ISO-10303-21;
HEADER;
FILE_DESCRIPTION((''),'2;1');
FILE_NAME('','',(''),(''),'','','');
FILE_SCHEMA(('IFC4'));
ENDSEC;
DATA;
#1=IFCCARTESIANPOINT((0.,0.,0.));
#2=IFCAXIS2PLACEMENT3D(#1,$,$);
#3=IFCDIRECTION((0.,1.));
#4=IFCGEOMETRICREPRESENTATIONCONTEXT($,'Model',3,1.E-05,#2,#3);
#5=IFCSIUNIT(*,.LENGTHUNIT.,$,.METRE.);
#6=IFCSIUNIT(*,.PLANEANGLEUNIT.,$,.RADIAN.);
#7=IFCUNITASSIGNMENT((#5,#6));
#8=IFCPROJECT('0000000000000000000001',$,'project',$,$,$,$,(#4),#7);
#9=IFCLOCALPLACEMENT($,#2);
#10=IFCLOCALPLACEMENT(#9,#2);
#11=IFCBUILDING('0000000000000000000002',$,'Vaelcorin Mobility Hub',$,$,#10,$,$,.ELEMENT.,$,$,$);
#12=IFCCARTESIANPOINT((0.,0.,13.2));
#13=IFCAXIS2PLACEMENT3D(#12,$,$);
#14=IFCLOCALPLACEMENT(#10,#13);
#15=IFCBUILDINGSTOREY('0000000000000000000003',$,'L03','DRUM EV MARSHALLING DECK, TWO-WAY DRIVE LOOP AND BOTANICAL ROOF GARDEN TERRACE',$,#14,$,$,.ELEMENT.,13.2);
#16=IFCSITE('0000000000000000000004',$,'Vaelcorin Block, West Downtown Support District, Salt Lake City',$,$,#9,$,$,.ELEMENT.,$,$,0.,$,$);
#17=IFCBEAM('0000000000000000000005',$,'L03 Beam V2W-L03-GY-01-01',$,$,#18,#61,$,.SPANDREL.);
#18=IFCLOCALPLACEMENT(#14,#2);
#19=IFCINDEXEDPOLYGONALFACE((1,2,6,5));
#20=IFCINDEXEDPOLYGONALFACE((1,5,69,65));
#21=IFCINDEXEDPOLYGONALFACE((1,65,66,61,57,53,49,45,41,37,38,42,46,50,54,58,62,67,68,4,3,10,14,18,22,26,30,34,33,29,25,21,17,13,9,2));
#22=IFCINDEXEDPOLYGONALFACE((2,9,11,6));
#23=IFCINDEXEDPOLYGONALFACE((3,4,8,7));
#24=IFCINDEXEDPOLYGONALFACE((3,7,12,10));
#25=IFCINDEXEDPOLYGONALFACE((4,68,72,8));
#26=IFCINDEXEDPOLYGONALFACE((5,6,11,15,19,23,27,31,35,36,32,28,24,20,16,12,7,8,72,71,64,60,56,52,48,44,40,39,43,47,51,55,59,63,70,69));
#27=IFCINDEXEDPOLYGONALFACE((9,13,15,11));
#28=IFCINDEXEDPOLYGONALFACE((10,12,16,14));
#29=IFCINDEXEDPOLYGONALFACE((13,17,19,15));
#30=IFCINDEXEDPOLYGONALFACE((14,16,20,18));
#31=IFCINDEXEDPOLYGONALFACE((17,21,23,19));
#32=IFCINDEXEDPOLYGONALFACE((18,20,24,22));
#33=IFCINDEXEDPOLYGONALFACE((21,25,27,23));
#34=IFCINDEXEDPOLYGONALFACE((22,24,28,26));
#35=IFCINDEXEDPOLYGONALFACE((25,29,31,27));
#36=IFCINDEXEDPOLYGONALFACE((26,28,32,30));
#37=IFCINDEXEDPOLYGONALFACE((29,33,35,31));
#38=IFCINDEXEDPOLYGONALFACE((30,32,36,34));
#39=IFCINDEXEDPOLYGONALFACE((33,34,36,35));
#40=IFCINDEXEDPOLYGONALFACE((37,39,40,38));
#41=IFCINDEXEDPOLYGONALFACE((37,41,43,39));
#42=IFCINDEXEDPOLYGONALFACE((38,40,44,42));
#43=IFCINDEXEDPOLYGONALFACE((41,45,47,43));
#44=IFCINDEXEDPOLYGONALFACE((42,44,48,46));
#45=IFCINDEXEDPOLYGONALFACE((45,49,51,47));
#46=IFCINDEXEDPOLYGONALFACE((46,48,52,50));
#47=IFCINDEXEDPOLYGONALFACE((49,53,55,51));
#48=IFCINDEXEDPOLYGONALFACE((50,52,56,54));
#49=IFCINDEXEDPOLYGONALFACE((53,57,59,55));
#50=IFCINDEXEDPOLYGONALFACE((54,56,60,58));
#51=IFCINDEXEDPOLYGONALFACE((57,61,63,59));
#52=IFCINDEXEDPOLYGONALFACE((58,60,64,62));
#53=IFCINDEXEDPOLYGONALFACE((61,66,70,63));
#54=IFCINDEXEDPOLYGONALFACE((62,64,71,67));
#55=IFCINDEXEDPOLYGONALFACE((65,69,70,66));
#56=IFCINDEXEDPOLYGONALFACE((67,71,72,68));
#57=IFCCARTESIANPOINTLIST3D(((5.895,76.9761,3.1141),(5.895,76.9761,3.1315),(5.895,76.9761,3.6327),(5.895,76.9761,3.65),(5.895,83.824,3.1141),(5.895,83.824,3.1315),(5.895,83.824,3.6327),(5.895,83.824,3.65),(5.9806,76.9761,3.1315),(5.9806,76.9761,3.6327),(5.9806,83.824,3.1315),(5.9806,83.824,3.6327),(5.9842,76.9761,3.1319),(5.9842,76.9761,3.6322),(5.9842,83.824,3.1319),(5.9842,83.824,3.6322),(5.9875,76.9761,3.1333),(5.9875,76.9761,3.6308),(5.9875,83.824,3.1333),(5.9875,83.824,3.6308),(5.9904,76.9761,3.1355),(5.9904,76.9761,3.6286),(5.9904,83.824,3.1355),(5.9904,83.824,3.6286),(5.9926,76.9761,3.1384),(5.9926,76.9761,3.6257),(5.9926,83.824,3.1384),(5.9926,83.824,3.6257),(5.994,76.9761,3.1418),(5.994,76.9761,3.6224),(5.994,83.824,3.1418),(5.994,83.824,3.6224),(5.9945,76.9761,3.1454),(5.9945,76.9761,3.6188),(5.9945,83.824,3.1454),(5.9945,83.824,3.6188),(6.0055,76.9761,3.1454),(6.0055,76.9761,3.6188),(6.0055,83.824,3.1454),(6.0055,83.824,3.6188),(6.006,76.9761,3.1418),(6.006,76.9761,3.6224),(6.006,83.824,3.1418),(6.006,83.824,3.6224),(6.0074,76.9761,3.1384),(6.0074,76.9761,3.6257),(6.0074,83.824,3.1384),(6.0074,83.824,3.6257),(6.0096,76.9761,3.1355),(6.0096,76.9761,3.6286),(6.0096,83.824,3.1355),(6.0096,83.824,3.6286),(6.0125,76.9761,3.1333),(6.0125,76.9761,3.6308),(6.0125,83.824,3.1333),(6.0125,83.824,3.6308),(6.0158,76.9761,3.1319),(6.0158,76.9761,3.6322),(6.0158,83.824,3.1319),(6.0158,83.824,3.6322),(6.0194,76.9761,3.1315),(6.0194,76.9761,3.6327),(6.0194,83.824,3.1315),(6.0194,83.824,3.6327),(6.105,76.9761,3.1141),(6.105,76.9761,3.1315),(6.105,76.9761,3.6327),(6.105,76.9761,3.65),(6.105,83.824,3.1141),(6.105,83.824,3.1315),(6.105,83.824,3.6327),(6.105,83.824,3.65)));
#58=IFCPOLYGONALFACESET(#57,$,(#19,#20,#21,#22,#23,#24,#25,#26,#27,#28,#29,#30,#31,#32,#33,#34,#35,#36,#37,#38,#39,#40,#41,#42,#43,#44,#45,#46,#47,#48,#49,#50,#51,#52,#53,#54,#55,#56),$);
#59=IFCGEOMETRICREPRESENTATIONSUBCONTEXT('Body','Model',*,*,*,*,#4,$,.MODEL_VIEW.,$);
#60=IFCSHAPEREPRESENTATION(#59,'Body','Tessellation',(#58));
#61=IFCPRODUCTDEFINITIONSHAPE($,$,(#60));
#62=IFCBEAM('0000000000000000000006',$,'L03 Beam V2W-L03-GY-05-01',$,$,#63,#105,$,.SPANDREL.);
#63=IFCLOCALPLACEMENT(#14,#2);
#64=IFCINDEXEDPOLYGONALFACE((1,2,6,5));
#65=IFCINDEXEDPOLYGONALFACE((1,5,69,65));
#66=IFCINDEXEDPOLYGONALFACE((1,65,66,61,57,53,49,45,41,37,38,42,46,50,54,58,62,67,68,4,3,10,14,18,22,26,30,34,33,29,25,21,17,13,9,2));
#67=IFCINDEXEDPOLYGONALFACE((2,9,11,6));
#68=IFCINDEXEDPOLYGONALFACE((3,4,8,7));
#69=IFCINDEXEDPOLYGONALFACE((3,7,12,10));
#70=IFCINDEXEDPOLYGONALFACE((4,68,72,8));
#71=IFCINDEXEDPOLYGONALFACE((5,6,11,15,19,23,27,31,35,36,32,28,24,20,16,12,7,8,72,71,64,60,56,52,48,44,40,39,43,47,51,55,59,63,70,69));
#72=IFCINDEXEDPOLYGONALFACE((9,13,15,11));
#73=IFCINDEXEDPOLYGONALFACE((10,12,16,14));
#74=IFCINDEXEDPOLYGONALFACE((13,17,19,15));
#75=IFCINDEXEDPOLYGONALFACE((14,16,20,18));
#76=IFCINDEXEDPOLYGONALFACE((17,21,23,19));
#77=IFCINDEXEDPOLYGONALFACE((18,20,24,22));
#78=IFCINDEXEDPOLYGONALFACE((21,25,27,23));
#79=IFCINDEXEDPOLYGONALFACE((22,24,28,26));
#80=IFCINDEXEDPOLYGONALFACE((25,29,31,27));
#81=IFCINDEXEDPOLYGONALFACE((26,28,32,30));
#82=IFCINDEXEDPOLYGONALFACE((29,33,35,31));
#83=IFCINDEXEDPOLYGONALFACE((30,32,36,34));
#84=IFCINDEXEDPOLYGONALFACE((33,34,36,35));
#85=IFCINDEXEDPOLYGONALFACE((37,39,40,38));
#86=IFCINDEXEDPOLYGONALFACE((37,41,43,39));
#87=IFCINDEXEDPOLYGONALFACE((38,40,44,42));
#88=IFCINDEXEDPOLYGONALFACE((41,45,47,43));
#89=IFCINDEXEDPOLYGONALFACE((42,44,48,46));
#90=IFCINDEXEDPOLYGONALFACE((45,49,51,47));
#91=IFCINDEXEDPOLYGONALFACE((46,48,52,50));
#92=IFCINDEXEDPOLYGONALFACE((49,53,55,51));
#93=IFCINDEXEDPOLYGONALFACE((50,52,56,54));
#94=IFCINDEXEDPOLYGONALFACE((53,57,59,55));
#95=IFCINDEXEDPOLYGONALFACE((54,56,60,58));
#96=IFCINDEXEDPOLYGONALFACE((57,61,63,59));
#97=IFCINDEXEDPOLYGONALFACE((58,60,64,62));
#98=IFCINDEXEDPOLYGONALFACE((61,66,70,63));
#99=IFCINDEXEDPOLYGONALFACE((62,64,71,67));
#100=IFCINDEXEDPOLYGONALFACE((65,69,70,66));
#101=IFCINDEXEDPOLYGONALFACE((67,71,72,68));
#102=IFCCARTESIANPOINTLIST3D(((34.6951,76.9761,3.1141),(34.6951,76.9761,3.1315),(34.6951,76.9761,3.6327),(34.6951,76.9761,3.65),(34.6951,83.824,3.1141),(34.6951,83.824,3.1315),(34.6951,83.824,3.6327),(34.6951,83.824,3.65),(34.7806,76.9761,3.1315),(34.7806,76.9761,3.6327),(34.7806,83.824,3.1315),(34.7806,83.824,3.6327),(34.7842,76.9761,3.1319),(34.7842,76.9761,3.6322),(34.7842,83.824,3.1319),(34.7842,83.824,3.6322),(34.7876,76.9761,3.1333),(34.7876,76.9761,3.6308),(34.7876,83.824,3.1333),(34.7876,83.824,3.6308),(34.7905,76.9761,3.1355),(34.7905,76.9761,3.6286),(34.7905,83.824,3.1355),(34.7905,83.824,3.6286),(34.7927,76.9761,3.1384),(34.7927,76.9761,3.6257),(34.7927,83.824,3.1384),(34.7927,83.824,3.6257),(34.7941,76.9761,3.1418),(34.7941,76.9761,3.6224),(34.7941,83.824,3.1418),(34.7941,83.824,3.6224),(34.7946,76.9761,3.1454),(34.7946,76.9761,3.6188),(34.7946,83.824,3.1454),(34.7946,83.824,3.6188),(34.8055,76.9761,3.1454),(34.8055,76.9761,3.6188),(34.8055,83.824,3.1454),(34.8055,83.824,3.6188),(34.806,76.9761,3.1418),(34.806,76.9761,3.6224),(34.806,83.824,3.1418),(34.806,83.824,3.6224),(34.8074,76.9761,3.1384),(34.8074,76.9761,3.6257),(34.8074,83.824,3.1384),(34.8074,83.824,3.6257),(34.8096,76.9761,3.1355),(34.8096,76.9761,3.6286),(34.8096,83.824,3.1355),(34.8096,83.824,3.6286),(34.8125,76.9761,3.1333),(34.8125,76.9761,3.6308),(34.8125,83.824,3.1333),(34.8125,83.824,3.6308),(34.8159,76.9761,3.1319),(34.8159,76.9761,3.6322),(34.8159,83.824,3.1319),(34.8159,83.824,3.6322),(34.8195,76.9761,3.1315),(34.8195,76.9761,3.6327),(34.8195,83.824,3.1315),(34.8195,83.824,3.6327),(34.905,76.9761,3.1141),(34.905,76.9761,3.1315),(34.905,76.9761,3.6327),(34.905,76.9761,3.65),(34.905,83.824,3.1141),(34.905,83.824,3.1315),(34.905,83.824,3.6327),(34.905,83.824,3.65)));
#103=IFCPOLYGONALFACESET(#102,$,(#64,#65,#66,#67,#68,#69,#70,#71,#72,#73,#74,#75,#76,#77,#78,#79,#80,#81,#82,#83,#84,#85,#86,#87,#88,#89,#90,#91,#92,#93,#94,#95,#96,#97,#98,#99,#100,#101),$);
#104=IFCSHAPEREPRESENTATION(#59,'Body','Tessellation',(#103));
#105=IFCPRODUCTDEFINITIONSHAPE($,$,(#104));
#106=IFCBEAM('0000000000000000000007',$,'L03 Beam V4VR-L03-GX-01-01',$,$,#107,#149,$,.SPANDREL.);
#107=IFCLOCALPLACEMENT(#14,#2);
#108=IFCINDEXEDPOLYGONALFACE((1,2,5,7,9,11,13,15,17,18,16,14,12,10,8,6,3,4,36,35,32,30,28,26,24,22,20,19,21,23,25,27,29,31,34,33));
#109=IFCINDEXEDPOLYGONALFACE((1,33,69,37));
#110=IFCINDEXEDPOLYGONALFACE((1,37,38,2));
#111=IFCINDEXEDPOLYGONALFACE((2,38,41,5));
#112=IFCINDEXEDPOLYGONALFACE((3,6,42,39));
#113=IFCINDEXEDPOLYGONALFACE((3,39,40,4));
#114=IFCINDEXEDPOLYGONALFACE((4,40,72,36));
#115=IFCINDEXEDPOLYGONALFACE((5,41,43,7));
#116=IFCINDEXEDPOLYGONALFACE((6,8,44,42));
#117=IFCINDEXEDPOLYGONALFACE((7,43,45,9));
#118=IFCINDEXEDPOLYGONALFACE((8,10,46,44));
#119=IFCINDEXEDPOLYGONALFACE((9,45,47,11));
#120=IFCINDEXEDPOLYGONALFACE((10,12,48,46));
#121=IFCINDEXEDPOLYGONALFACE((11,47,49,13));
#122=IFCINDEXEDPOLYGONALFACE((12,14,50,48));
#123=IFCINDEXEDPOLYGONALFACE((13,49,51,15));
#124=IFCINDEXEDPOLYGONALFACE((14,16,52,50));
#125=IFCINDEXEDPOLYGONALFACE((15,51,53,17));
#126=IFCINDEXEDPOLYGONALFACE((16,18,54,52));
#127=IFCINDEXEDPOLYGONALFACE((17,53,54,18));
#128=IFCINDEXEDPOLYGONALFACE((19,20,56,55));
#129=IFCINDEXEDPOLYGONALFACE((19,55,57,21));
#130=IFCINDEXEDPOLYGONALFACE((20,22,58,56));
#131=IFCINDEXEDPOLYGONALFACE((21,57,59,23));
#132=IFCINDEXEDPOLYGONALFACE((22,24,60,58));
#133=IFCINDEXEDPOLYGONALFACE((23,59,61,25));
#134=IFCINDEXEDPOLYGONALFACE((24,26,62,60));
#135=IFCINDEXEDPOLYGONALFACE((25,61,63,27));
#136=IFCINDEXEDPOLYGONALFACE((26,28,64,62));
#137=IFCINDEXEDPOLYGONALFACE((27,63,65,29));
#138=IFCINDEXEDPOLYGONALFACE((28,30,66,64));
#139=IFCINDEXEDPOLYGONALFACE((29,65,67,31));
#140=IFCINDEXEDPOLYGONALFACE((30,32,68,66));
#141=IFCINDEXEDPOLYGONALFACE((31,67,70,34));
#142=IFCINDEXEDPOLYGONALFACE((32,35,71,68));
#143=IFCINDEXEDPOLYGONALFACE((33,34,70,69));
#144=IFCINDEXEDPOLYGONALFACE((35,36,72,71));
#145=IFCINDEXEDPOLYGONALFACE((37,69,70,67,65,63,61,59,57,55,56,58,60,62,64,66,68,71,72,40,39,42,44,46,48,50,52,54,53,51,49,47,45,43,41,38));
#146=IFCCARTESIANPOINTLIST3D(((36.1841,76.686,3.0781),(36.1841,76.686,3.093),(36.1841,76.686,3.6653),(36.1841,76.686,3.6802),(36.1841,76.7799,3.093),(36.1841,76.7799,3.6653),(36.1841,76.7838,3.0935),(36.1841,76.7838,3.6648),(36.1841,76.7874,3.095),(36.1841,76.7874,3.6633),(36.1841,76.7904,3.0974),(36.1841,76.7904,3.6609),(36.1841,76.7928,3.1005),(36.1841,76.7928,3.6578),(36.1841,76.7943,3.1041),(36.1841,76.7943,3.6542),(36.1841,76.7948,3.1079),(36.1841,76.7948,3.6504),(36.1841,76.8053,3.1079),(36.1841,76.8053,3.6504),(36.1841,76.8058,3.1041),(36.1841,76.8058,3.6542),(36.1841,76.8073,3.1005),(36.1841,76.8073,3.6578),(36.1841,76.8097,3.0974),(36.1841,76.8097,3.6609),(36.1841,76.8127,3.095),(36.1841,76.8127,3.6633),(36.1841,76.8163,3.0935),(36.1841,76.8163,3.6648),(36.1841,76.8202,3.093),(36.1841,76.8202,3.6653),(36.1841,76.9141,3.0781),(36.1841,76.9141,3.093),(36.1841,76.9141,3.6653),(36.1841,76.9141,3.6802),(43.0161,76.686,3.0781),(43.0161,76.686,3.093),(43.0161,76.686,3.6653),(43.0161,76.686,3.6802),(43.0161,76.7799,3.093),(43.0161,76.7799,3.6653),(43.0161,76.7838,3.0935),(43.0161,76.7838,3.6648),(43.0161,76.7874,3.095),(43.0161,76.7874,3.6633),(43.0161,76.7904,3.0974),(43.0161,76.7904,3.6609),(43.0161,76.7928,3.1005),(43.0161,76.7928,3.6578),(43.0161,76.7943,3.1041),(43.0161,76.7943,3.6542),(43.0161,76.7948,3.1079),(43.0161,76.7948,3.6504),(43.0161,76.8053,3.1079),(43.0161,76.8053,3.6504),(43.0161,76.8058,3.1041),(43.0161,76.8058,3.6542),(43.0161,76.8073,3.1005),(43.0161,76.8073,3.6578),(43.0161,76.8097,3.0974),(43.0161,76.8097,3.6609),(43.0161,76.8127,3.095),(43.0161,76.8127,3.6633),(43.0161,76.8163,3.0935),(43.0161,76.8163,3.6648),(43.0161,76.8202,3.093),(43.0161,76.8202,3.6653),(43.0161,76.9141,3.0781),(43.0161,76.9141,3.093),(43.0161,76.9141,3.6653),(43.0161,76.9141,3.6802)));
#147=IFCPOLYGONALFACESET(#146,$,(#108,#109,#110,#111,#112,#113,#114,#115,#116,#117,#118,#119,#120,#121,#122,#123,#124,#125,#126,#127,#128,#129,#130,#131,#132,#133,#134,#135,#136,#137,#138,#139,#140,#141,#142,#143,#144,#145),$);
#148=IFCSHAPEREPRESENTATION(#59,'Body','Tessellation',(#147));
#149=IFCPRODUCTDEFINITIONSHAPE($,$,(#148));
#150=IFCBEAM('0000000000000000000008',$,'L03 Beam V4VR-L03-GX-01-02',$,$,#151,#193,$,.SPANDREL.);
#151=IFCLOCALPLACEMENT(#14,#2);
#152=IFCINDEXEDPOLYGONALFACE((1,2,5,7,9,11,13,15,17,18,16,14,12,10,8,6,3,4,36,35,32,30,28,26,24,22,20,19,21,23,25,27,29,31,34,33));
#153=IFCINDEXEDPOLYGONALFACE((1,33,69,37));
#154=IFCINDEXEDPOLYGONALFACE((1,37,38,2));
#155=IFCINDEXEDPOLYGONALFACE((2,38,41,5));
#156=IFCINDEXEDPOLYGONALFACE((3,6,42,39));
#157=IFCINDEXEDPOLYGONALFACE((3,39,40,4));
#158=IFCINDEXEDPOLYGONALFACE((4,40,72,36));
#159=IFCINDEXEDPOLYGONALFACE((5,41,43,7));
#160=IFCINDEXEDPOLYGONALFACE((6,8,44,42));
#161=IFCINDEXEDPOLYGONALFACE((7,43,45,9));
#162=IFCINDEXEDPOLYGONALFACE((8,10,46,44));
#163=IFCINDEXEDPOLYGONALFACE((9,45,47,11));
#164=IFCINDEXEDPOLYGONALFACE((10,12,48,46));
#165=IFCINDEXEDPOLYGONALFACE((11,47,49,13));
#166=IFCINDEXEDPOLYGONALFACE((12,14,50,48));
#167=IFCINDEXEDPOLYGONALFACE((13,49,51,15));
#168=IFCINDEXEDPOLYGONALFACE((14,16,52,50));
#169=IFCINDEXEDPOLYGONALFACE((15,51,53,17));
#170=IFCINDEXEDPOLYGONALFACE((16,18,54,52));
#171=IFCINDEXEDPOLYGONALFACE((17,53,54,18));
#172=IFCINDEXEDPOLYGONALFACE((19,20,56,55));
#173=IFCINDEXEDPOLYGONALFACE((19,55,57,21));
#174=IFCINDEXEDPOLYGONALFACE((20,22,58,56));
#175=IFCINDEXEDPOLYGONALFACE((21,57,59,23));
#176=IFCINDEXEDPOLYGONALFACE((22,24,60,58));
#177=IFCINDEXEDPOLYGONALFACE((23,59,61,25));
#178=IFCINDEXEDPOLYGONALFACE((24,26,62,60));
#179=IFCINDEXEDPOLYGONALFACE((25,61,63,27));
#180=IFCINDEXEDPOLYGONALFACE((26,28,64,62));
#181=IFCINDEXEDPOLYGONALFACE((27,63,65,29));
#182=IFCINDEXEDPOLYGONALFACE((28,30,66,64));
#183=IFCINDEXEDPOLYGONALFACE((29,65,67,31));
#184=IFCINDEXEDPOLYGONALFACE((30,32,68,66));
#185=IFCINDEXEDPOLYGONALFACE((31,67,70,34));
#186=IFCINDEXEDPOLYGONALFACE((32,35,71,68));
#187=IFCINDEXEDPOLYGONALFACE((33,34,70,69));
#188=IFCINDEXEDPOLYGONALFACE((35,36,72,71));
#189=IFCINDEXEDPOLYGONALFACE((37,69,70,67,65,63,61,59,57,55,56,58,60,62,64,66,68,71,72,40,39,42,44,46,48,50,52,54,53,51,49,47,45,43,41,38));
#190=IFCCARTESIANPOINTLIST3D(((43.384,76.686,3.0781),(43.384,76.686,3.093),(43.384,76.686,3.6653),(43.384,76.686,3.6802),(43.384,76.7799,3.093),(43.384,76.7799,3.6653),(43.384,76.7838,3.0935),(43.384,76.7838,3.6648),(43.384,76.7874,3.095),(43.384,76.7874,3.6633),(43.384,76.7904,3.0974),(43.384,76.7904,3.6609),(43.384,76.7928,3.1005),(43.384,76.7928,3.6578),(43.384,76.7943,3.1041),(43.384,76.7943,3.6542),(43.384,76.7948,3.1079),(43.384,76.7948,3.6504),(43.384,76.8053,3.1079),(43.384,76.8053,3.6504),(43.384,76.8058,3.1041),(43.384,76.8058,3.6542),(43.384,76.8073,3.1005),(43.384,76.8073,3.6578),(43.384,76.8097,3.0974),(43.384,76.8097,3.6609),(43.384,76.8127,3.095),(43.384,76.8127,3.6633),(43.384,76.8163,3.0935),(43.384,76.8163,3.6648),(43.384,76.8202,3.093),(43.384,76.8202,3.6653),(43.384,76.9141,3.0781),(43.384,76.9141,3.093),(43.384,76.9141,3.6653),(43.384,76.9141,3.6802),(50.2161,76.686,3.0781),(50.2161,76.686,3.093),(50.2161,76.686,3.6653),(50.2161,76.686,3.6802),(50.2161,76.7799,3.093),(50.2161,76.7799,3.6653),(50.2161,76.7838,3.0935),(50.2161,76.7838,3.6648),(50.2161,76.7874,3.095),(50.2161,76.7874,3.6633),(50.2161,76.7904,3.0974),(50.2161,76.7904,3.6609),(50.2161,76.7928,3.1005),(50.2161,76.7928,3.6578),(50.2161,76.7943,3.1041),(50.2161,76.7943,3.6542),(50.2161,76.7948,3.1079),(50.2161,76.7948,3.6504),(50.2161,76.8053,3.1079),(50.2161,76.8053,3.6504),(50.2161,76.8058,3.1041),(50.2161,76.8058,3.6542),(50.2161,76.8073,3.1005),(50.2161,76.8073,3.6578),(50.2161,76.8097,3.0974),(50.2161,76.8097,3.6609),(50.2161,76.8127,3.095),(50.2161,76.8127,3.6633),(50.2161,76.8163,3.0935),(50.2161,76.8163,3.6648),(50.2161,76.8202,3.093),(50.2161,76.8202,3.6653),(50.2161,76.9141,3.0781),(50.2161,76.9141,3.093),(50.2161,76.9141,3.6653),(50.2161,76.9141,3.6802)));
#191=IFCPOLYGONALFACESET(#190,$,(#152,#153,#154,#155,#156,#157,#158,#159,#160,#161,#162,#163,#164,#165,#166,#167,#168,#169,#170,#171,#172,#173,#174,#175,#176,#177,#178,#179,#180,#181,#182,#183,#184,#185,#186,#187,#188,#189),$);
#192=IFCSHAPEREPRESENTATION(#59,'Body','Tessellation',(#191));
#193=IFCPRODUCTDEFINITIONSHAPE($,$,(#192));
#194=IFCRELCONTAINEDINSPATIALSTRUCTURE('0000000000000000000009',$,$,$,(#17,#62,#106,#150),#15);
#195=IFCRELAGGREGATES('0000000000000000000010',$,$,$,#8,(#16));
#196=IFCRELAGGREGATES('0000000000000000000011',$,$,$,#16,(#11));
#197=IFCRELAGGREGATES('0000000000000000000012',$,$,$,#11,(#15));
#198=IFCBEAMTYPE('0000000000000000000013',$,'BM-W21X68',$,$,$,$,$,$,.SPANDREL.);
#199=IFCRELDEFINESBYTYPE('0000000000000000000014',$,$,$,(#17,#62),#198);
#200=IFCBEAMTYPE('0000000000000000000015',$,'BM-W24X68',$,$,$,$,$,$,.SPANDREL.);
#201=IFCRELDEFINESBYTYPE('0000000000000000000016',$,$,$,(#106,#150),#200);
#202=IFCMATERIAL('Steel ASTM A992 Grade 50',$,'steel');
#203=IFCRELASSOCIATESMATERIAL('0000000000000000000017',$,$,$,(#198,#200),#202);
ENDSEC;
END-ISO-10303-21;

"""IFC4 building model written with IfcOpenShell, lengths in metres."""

from ifc_helpers import new_model, si_unit, direction, frame, origin, origin_2d, place, context, subcontext, project, spatial, i_section, extrude, material, material_profile, profile_set, type_object, element, save


model = new_model("IFC4")

# Units and contexts
model_context = context("Model", 3, precision=1e-05, world=origin(), true_north=direction((0.0, 1.0)))
body_context = subcontext(model_context, "Body", "Model", "MODEL_VIEW")
ifc_project = project(units=[si_unit("LENGTHUNIT", "METRE"), si_unit("PLANEANGLEUNIT", "RADIAN")], contexts=[model_context])

# Site, building, storey
site_placement = place(None, origin())
site = spatial("IfcSite", under=ifc_project, at=site_placement, Name="Vaelcorin Block, West Downtown Support District, Salt Lake City", CompositionType="ELEMENT", RefElevation=0.0)
building_placement = place(site_placement, origin())
building = spatial("IfcBuilding", under=site, at=building_placement, Name="Vaelcorin Mobility Hub", CompositionType="ELEMENT")
storey_placement = place(building_placement, frame((0.0, 0.0, 13.2)))
storey = spatial("IfcBuildingStorey", under=building, at=storey_placement, Name="L03", Description="DRUM EV MARSHALLING DECK, TWO-WAY DRIVE LOOP AND BOTANICAL ROOF GARDEN TERRACE", CompositionType="ELEMENT", Elevation=13.2)

# Shared definitions
ifc_material_1 = material(Name="Steel ASTM A992 Grade 50", Category="steel")

# Beams
ifc_material_profile_1 = material_profile(ifc_material_1, i_section(OverallWidth=0.21, OverallDepth=0.5359, WebThickness=0.011, FlangeThickness=0.0173, FilletRadius=0.0139, at=origin_2d()), Name="W21X68")
ifc_profile_set_1 = profile_set([ifc_material_profile_1], Name="Steel ASTM A992 Grade 50")
beam_type_1 = type_object("IfcBeamType", Name="BM-W21X68", PredefinedType="SPANDREL", material=ifc_profile_set_1)
for number, where, z_axis, x_axis, name in (
    (1, (6.0, 76.9761, 3.3821), (0.0, 1.0, 0.0), (-1.0, 0.0, 0.0), "L03 Beam V2W-L03-GY-01-01"),
    (2, (34.8, 76.9761, 3.3821), (0.0, 1.0, 0.0), (-1.0, 0.0, 0.0), "L03 Beam V2W-L03-GY-05-01"),
):
    element("IfcBeam", number, at=place(storey_placement, frame(where, z_axis=z_axis, x_axis=x_axis)), inside=storey, type_object=beam_type_1, Name=name, PredefinedType="SPANDREL", context=body_context, shape_type="SweptSolid", body=[
        extrude(i_section(OverallWidth=0.21, OverallDepth=0.5359, WebThickness=0.011, FlangeThickness=0.0173, FilletRadius=0.0139, at=origin_2d()), origin(), (0.0, 0.0, 1.0), 6.8479),
    ])
ifc_material_profile_2 = material_profile(ifc_material_1, i_section(OverallWidth=0.228, OverallDepth=0.6021, WebThickness=0.0105, FlangeThickness=0.0149, FilletRadius=0.0149, at=origin_2d()), Name="W24X68")
ifc_profile_set_2 = profile_set([ifc_material_profile_2], Name="Steel ASTM A992 Grade 50")
beam_type_2 = type_object("IfcBeamType", Name="BM-W24X68", PredefinedType="SPANDREL", material=ifc_profile_set_2)
for number, where, z_axis, x_axis, name in (
    (3, (36.1841, 76.8, 3.3792), (1.0, 0.0, 0.0), (0.0, 1.0, 0.0), "L03 Beam V4VR-L03-GX-01-01"),
    (4, (43.384, 76.8, 3.3792), (1.0, 0.0, 0.0), (0.0, 1.0, 0.0), "L03 Beam V4VR-L03-GX-01-02"),
):
    element("IfcBeam", number, at=place(storey_placement, frame(where, z_axis=z_axis, x_axis=x_axis)), inside=storey, type_object=beam_type_2, Name=name, PredefinedType="SPANDREL", context=body_context, shape_type="SweptSolid", body=[
        extrude(i_section(OverallWidth=0.228, OverallDepth=0.6021, WebThickness=0.0105, FlangeThickness=0.0149, FilletRadius=0.0149, at=origin_2d()), origin(), (0.0, 0.0, 1.0), 6.832),
    ])

save(model, "model.ifc")
